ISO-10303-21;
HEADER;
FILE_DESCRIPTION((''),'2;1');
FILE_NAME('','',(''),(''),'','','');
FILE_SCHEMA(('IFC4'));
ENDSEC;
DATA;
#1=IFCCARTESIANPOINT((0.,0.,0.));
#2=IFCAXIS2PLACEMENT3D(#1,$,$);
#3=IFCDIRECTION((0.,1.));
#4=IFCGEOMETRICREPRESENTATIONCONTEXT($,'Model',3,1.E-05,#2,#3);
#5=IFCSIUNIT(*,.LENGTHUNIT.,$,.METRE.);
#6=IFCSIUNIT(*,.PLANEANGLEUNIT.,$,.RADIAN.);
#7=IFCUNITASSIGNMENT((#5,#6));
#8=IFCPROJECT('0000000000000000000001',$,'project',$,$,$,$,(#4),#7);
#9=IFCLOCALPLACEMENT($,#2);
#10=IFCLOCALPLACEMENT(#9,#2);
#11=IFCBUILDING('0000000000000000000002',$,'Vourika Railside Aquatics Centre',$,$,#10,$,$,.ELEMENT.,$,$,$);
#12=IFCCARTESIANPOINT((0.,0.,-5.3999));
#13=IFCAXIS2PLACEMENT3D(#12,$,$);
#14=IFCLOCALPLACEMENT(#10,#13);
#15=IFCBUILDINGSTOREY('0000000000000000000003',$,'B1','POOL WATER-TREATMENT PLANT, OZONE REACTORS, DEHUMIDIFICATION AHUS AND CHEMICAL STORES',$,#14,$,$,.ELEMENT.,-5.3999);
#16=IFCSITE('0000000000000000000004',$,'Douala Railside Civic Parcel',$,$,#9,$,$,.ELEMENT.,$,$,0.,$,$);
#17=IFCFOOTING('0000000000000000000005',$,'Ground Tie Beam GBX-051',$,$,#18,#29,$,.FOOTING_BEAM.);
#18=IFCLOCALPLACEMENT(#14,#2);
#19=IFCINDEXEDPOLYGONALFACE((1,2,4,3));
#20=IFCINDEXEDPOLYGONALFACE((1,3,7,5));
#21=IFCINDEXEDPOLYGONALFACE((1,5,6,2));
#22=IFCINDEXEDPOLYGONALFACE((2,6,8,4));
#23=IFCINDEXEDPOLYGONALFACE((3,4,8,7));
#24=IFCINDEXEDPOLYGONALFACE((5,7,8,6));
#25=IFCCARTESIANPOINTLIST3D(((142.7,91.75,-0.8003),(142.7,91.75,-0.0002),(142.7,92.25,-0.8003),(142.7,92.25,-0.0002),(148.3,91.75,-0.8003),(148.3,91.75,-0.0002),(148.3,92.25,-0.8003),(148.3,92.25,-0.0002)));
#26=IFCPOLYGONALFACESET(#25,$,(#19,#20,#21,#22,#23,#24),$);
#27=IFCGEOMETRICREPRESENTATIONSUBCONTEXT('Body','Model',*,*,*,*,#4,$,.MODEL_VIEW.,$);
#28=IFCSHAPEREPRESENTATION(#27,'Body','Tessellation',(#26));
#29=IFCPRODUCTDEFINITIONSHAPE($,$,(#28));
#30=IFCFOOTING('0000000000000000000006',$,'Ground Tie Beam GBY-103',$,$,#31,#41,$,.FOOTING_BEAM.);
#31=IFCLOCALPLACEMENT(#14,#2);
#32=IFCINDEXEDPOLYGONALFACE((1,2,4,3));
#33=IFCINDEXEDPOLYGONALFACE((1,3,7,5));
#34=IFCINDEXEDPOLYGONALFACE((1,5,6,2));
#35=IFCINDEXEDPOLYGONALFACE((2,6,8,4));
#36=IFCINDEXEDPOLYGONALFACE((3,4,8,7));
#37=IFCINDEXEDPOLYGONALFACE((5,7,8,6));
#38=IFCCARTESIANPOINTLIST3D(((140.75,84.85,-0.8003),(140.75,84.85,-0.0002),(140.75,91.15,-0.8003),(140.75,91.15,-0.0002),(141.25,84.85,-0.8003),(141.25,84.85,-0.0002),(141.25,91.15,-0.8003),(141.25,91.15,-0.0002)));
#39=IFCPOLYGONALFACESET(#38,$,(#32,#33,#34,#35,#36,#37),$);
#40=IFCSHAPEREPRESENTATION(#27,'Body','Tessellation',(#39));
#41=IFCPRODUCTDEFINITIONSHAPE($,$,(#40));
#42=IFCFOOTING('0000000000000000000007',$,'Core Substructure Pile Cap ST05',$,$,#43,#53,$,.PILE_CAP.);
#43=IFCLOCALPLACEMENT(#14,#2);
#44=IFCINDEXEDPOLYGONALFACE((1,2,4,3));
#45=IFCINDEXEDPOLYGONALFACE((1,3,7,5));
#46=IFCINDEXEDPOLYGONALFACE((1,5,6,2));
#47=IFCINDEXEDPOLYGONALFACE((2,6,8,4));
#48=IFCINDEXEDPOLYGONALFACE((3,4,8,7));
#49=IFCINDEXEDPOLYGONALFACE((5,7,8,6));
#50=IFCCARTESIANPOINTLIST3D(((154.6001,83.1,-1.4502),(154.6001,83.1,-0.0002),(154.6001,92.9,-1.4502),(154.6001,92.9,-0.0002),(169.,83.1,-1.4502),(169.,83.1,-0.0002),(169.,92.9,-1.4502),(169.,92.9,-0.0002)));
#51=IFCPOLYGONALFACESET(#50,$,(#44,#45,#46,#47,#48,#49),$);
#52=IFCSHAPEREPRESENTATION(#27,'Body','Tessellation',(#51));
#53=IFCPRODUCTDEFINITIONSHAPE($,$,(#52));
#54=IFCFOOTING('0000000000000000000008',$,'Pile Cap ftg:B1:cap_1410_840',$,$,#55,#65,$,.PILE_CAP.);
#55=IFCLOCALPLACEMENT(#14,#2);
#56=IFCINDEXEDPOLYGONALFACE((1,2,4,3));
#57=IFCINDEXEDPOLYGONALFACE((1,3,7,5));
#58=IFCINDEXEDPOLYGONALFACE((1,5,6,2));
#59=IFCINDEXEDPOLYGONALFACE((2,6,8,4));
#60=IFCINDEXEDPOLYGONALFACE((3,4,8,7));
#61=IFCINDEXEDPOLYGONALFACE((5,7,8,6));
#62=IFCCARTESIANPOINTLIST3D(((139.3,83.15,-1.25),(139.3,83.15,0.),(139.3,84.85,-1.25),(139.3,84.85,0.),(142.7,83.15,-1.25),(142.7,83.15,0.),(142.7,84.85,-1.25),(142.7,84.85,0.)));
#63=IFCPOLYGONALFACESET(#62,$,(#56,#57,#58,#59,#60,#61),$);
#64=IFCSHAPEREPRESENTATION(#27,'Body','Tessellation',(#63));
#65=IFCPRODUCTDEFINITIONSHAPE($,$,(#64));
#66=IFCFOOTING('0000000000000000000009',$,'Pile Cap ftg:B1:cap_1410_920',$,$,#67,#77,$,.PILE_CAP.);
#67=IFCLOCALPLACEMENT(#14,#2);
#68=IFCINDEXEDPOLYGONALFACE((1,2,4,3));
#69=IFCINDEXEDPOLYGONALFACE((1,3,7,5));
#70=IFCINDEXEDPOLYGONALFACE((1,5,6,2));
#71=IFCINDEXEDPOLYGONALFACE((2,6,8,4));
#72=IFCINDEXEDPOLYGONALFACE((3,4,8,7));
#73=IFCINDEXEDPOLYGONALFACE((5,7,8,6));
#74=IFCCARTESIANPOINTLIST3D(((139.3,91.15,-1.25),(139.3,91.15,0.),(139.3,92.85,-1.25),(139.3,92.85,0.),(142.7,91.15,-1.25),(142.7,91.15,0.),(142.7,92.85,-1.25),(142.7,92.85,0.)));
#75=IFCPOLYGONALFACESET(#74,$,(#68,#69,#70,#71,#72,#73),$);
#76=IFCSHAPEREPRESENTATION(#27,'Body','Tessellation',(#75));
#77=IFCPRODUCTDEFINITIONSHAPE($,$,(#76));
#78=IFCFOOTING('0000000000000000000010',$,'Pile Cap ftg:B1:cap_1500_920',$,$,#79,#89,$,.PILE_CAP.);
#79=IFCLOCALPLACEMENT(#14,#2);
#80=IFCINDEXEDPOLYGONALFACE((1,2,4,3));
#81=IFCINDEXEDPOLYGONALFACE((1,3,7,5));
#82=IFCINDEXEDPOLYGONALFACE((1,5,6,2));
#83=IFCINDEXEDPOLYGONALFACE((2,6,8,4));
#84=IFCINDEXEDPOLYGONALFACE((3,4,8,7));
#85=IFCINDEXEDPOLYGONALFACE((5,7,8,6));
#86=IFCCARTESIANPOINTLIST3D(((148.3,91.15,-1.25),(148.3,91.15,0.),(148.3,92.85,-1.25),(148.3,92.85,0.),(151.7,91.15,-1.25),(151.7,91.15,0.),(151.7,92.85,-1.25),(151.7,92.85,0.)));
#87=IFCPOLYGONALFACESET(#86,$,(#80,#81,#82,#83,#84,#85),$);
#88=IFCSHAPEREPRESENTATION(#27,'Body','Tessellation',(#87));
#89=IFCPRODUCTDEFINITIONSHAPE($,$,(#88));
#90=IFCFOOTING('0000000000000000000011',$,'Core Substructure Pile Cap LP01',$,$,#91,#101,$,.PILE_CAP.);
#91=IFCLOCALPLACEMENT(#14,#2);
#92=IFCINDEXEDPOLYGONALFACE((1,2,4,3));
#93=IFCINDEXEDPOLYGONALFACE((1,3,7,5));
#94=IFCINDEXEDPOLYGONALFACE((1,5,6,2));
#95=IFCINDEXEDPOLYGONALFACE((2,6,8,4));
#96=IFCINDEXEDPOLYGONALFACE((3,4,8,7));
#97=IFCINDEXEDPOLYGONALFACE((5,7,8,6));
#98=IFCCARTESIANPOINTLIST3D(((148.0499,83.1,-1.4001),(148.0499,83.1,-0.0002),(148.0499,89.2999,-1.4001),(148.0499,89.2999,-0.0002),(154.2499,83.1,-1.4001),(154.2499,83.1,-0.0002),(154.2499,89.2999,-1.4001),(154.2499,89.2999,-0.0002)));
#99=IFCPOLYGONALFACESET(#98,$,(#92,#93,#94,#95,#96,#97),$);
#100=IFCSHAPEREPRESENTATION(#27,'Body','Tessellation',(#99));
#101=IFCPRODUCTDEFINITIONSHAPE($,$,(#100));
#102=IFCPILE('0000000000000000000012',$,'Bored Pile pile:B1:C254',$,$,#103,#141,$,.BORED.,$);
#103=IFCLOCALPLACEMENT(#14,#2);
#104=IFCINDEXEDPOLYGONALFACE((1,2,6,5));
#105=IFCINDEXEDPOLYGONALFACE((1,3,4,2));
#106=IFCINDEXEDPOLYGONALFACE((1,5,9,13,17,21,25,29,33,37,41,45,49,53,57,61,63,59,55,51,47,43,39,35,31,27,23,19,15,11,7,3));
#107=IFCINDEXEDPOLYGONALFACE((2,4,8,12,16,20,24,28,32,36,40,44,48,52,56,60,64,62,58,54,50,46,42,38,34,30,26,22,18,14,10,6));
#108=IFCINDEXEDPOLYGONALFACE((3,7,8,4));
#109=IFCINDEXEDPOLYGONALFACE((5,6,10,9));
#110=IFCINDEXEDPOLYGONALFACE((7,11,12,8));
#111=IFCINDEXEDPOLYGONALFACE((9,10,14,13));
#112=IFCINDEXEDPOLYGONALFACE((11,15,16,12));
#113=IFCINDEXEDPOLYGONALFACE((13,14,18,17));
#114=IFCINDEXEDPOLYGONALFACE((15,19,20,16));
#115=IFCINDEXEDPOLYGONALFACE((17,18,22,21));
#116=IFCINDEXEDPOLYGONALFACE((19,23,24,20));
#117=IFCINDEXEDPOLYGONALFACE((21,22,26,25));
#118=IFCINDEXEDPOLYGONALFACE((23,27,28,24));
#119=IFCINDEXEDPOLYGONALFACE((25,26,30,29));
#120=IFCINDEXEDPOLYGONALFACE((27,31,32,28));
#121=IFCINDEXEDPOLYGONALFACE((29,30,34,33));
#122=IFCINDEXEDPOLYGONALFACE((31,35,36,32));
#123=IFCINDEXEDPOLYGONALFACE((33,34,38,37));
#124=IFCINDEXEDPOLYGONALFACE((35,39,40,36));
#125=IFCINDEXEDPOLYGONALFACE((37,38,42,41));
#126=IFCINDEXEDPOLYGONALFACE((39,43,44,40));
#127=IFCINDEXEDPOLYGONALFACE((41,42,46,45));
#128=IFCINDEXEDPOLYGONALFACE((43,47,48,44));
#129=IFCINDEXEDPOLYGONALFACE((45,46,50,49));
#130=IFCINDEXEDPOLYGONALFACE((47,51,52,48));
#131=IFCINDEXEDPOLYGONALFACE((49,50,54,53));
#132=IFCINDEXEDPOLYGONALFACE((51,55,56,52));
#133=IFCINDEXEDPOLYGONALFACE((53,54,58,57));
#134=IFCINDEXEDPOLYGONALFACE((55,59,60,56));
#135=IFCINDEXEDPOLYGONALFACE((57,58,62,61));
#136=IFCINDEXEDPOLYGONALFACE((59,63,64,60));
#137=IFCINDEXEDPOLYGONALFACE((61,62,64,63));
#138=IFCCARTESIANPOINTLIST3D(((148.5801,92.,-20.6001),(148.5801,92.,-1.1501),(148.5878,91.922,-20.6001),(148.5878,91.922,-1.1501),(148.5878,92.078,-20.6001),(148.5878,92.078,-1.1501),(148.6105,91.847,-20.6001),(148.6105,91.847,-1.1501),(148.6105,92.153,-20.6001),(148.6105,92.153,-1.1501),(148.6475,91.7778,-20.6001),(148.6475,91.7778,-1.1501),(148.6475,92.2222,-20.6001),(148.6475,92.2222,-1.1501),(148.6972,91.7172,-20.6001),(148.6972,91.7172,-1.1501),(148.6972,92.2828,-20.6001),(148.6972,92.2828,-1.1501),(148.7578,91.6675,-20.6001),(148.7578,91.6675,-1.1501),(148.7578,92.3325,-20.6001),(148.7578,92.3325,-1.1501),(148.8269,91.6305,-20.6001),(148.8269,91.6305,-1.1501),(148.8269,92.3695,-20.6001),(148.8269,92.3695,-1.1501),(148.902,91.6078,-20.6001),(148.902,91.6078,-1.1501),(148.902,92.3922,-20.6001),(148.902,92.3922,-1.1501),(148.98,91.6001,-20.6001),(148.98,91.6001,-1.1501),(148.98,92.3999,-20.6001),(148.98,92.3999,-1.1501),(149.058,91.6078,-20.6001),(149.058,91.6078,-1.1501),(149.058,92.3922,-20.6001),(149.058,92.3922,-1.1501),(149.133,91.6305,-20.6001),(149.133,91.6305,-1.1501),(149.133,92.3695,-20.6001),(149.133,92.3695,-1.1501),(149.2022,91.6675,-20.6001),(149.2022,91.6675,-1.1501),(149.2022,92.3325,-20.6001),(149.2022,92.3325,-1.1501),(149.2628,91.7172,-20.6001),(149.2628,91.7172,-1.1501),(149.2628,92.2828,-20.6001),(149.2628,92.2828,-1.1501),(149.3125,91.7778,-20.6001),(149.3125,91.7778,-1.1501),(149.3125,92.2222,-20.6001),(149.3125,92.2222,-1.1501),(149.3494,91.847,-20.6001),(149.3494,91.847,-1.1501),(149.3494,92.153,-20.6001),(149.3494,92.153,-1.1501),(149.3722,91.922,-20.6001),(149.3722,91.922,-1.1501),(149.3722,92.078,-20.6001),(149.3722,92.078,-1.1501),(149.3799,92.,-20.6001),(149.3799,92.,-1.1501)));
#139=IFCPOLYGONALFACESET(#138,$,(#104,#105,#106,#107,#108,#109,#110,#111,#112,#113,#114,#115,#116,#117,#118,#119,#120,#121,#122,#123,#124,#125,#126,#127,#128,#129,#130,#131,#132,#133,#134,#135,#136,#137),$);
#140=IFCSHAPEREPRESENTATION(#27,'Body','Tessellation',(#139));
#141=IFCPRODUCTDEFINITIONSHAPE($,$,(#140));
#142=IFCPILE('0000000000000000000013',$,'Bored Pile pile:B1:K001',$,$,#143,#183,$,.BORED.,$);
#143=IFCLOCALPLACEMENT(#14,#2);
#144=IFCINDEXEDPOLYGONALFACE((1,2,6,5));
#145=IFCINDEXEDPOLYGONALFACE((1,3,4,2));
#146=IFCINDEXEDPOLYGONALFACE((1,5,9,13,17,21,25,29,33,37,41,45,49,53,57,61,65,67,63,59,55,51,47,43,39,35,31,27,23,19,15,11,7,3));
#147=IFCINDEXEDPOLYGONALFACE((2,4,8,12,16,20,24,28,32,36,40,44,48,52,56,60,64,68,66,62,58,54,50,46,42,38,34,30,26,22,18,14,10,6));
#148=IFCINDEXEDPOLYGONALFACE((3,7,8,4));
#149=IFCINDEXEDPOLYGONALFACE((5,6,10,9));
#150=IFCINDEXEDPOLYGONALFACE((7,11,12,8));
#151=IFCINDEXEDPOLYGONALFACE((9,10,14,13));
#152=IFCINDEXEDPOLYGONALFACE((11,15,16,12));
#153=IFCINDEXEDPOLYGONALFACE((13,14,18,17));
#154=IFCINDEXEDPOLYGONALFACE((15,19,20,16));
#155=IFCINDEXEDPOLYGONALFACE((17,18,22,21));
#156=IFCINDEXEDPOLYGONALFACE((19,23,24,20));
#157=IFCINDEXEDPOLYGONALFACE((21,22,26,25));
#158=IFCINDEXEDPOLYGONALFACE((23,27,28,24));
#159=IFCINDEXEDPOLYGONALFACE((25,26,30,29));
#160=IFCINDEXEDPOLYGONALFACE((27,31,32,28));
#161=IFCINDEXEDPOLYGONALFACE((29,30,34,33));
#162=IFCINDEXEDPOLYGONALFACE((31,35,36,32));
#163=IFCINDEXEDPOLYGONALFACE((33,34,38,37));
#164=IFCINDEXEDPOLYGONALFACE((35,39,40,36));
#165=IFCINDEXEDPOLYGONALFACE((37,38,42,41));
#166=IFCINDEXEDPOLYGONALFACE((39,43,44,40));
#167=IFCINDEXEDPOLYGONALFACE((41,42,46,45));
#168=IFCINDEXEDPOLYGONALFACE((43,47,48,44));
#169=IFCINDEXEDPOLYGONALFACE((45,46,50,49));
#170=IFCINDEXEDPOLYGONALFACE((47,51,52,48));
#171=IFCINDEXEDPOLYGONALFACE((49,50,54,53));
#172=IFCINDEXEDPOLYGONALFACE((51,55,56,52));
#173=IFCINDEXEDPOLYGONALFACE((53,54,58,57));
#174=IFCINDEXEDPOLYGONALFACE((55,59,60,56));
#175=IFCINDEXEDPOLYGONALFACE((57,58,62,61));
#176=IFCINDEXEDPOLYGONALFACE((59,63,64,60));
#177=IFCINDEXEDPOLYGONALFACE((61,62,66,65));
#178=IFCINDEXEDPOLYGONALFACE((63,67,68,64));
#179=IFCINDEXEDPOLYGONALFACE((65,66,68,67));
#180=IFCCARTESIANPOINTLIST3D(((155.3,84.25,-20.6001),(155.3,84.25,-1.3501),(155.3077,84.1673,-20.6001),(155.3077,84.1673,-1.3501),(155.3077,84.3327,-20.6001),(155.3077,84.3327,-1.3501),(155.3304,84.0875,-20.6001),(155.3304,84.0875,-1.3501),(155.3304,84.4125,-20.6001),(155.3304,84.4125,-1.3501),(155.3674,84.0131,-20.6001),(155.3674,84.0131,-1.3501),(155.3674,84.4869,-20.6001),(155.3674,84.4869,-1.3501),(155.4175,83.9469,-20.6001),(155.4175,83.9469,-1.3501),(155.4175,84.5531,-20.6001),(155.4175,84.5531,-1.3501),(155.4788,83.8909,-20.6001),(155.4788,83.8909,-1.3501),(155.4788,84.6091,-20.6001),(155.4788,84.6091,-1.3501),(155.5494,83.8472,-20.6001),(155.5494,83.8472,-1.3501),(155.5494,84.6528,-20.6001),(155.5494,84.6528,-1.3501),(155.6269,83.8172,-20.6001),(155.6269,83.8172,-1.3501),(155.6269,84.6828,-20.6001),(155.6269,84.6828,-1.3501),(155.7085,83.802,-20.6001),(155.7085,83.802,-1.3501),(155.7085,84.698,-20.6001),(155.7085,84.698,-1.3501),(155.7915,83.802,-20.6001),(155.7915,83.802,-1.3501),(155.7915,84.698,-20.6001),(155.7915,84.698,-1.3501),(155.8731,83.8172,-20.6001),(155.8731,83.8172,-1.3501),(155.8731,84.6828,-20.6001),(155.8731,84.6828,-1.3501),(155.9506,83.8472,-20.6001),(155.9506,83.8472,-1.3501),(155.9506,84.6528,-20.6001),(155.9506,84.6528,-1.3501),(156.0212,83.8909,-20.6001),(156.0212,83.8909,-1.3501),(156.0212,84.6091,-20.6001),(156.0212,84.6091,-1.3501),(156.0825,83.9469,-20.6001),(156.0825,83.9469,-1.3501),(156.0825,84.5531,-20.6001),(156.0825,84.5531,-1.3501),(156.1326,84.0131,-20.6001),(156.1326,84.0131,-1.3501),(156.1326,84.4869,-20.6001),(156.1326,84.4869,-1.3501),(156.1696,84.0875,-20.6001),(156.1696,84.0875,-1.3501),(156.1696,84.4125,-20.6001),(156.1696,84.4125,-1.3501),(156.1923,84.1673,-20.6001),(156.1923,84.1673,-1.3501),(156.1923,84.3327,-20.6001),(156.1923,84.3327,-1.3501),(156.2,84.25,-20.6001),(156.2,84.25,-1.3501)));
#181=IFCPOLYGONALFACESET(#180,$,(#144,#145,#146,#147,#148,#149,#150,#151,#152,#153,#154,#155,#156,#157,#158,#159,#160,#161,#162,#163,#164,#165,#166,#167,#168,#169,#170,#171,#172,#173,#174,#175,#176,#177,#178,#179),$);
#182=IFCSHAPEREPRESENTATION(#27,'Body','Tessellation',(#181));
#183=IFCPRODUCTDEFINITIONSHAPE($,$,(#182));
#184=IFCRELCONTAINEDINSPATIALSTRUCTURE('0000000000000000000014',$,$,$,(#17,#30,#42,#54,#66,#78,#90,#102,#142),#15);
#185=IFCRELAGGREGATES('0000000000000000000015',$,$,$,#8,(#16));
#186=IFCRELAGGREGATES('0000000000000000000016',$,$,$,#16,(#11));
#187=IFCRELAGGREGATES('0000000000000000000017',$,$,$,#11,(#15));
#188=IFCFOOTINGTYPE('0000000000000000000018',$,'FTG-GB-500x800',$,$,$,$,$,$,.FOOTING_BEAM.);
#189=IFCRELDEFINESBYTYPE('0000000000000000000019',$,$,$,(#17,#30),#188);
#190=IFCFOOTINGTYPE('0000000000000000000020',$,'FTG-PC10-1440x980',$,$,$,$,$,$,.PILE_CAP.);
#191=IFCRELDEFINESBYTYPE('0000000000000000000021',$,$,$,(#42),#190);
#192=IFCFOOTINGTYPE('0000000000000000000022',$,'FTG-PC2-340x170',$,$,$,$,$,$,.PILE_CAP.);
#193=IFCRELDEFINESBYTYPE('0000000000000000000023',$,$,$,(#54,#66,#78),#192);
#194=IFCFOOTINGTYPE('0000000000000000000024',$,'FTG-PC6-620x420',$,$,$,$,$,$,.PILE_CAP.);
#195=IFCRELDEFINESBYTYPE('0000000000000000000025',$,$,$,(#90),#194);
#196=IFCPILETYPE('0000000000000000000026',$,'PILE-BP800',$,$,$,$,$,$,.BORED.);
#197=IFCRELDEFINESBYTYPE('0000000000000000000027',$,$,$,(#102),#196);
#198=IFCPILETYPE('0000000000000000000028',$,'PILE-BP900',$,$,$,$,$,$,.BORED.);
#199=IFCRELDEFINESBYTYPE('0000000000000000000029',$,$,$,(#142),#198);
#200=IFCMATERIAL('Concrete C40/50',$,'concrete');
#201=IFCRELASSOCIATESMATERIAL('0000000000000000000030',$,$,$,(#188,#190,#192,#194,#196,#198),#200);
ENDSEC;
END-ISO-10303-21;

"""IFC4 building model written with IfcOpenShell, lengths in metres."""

from ifc_helpers import new_model, si_unit, direction, frame, origin, origin_2d, place, context, subcontext, project, spatial, rectangle, circle, extrude, material, material_profile, profile_set, type_object, element, save


model = new_model("IFC4")

# Units and contexts
model_context = context("Model", 3, precision=1e-05, world=origin(), true_north=direction((0.0, 1.0)))
body_context = subcontext(model_context, "Body", "Model", "MODEL_VIEW")
ifc_project = project(units=[si_unit("LENGTHUNIT", "METRE"), si_unit("PLANEANGLEUNIT", "RADIAN")], contexts=[model_context])

# Site, building, storey
site_placement = place(None, origin())
site = spatial("IfcSite", under=ifc_project, at=site_placement, Name="Douala Railside Civic Parcel", CompositionType="ELEMENT", RefElevation=0.0)
building_placement = place(site_placement, origin())
building = spatial("IfcBuilding", under=site, at=building_placement, Name="Vourika Railside Aquatics Centre", CompositionType="ELEMENT")
storey_placement = place(building_placement, frame((0.0, 0.0, -5.3999)))
storey = spatial("IfcBuildingStorey", under=building, at=storey_placement, Name="B1", Description="POOL WATER-TREATMENT PLANT, OZONE REACTORS, DEHUMIDIFICATION AHUS AND CHEMICAL STORES", CompositionType="ELEMENT", Elevation=-5.3999)

# Footings
ifc_material = material(Name="Concrete C40/50", Category="concrete")
footing_type_1 = type_object("IfcFootingType", Name="FTG-GB-500x800", PredefinedType="FOOTING_BEAM", material=ifc_material)
footing_1_placement = place(storey_placement, frame((145.5, 92.0, -0.8003), z_axis=(0.0, 0.0, 1.0), x_axis=(1.0, 0.0, 0.0)))
element("IfcFooting", 1, at=footing_1_placement, inside=storey, type_object=footing_type_1, Name="Ground Tie Beam GBX-051", PredefinedType="FOOTING_BEAM", context=body_context, shape_type="SweptSolid", body=[
    extrude(rectangle(XDim=5.6001, YDim=0.5, at=origin_2d()), origin(), (0.0, 0.0, 1.0), 0.8),
])
footing_2_placement = place(storey_placement, frame((141.0, 88.0, -0.8003), z_axis=(0.0, 0.0, 1.0), x_axis=(0.0, 1.0, 0.0)))
element("IfcFooting", 2, at=footing_2_placement, inside=storey, type_object=footing_type_1, Name="Ground Tie Beam GBY-103", PredefinedType="FOOTING_BEAM", context=body_context, shape_type="SweptSolid", body=[
    extrude(rectangle(XDim=6.3, YDim=0.5, at=origin_2d()), origin(), (0.0, 0.0, 1.0), 0.8),
])
footing_type_2 = type_object("IfcFootingType", Name="FTG-PC10-1440x980", PredefinedType="PILE_CAP", material=ifc_material)
footing_3_placement = place(storey_placement, frame((161.8, 88.0, -1.4502), z_axis=(0.0, 0.0, 1.0), x_axis=(1.0, 0.0, 0.0)))
element("IfcFooting", 3, at=footing_3_placement, inside=storey, type_object=footing_type_2, Name="Core Substructure Pile Cap ST05", PredefinedType="PILE_CAP", context=body_context, shape_type="SweptSolid", body=[
    extrude(rectangle(XDim=14.3999, YDim=9.8, at=origin_2d()), origin(), (0.0, 0.0, 1.0), 1.45),
])
footing_type_3 = type_object("IfcFootingType", Name="FTG-PC2-340x170", PredefinedType="PILE_CAP", material=ifc_material)
for number, where, z_axis, x_axis, name in (
    (4, (141.0, 84.0, -1.25), (0.0, 0.0, 1.0), (1.0, 0.0, 0.0), "Pile Cap ftg:B1:cap_1410_840"),
    (5, (141.0, 92.0, -1.25), (0.0, 0.0, 1.0), (1.0, 0.0, 0.0), "Pile Cap ftg:B1:cap_1410_920"),
    (6, (150.0, 92.0, -1.25), (0.0, 0.0, 1.0), (1.0, 0.0, 0.0), "Pile Cap ftg:B1:cap_1500_920"),
):
    element("IfcFooting", number, at=place(storey_placement, frame(where, z_axis=z_axis, x_axis=x_axis)), inside=storey, type_object=footing_type_3, Name=name, PredefinedType="PILE_CAP", context=body_context, shape_type="SweptSolid", body=[
        extrude(rectangle(XDim=3.3999, YDim=1.7, at=origin_2d()), origin(), (0.0, 0.0, 1.0), 1.25),
    ])
footing_type_4 = type_object("IfcFootingType", Name="FTG-PC6-620x420", PredefinedType="PILE_CAP", material=ifc_material)
footing_4_placement = place(storey_placement, frame((151.1499, 86.2, -1.4001), z_axis=(0.0, 0.0, 1.0), x_axis=(1.0, 0.0, 0.0)))
element("IfcFooting", 7, at=footing_4_placement, inside=storey, type_object=footing_type_4, Name="Core Substructure Pile Cap LP01", PredefinedType="PILE_CAP", context=body_context, shape_type="SweptSolid", body=[
    extrude(rectangle(XDim=6.2, YDim=6.2, at=origin_2d()), origin(), (0.0, 0.0, 1.0), 1.3999),
])

# Piles
ifc_material_profile_1 = material_profile(ifc_material, circle(Radius=0.3999, at=origin_2d()), Name="BP 800")
ifc_profile_set_1 = profile_set([ifc_material_profile_1], Name="Concrete C40/50")
pile_type_1 = type_object("IfcPileType", Name="PILE-BP800", PredefinedType="BORED", material=ifc_profile_set_1)
pile_placement = place(storey_placement, frame((148.98, 92.0, -1.1501), z_axis=(0.0, 0.0, -1.0), x_axis=(1.0, 0.0, 0.0)))
element("IfcPile", 8, at=pile_placement, inside=storey, type_object=pile_type_1, Name="Bored Pile pile:B1:C254", PredefinedType="BORED", context=body_context, shape_type="SweptSolid", body=[
    extrude(circle(Radius=0.3999, at=origin_2d()), origin(), (0.0, 0.0, 1.0), 19.45),
])
ifc_material_profile_2 = material_profile(ifc_material, circle(Radius=0.45, at=origin_2d()), Name="BP 900")
ifc_profile_set_2 = profile_set([ifc_material_profile_2], Name="Concrete C40/50")
pile_type_2 = type_object("IfcPileType", Name="PILE-BP900", PredefinedType="BORED", material=ifc_profile_set_2)
for number, where, z_axis, x_axis, name in (
    (9, (155.75, 84.25, -1.3501), (0.0, 0.0, -1.0), (1.0, 0.0, 0.0), "Bored Pile pile:B1:K001"),
):
    element("IfcPile", number, at=place(storey_placement, frame(where, z_axis=z_axis, x_axis=x_axis)), inside=storey, type_object=pile_type_2, Name=name, PredefinedType="BORED", context=body_context, shape_type="SweptSolid", body=[
        extrude(circle(Radius=0.45, at=origin_2d()), origin(), (0.0, 0.0, 1.0), 19.25),
    ])

save(model, "model.ifc")
